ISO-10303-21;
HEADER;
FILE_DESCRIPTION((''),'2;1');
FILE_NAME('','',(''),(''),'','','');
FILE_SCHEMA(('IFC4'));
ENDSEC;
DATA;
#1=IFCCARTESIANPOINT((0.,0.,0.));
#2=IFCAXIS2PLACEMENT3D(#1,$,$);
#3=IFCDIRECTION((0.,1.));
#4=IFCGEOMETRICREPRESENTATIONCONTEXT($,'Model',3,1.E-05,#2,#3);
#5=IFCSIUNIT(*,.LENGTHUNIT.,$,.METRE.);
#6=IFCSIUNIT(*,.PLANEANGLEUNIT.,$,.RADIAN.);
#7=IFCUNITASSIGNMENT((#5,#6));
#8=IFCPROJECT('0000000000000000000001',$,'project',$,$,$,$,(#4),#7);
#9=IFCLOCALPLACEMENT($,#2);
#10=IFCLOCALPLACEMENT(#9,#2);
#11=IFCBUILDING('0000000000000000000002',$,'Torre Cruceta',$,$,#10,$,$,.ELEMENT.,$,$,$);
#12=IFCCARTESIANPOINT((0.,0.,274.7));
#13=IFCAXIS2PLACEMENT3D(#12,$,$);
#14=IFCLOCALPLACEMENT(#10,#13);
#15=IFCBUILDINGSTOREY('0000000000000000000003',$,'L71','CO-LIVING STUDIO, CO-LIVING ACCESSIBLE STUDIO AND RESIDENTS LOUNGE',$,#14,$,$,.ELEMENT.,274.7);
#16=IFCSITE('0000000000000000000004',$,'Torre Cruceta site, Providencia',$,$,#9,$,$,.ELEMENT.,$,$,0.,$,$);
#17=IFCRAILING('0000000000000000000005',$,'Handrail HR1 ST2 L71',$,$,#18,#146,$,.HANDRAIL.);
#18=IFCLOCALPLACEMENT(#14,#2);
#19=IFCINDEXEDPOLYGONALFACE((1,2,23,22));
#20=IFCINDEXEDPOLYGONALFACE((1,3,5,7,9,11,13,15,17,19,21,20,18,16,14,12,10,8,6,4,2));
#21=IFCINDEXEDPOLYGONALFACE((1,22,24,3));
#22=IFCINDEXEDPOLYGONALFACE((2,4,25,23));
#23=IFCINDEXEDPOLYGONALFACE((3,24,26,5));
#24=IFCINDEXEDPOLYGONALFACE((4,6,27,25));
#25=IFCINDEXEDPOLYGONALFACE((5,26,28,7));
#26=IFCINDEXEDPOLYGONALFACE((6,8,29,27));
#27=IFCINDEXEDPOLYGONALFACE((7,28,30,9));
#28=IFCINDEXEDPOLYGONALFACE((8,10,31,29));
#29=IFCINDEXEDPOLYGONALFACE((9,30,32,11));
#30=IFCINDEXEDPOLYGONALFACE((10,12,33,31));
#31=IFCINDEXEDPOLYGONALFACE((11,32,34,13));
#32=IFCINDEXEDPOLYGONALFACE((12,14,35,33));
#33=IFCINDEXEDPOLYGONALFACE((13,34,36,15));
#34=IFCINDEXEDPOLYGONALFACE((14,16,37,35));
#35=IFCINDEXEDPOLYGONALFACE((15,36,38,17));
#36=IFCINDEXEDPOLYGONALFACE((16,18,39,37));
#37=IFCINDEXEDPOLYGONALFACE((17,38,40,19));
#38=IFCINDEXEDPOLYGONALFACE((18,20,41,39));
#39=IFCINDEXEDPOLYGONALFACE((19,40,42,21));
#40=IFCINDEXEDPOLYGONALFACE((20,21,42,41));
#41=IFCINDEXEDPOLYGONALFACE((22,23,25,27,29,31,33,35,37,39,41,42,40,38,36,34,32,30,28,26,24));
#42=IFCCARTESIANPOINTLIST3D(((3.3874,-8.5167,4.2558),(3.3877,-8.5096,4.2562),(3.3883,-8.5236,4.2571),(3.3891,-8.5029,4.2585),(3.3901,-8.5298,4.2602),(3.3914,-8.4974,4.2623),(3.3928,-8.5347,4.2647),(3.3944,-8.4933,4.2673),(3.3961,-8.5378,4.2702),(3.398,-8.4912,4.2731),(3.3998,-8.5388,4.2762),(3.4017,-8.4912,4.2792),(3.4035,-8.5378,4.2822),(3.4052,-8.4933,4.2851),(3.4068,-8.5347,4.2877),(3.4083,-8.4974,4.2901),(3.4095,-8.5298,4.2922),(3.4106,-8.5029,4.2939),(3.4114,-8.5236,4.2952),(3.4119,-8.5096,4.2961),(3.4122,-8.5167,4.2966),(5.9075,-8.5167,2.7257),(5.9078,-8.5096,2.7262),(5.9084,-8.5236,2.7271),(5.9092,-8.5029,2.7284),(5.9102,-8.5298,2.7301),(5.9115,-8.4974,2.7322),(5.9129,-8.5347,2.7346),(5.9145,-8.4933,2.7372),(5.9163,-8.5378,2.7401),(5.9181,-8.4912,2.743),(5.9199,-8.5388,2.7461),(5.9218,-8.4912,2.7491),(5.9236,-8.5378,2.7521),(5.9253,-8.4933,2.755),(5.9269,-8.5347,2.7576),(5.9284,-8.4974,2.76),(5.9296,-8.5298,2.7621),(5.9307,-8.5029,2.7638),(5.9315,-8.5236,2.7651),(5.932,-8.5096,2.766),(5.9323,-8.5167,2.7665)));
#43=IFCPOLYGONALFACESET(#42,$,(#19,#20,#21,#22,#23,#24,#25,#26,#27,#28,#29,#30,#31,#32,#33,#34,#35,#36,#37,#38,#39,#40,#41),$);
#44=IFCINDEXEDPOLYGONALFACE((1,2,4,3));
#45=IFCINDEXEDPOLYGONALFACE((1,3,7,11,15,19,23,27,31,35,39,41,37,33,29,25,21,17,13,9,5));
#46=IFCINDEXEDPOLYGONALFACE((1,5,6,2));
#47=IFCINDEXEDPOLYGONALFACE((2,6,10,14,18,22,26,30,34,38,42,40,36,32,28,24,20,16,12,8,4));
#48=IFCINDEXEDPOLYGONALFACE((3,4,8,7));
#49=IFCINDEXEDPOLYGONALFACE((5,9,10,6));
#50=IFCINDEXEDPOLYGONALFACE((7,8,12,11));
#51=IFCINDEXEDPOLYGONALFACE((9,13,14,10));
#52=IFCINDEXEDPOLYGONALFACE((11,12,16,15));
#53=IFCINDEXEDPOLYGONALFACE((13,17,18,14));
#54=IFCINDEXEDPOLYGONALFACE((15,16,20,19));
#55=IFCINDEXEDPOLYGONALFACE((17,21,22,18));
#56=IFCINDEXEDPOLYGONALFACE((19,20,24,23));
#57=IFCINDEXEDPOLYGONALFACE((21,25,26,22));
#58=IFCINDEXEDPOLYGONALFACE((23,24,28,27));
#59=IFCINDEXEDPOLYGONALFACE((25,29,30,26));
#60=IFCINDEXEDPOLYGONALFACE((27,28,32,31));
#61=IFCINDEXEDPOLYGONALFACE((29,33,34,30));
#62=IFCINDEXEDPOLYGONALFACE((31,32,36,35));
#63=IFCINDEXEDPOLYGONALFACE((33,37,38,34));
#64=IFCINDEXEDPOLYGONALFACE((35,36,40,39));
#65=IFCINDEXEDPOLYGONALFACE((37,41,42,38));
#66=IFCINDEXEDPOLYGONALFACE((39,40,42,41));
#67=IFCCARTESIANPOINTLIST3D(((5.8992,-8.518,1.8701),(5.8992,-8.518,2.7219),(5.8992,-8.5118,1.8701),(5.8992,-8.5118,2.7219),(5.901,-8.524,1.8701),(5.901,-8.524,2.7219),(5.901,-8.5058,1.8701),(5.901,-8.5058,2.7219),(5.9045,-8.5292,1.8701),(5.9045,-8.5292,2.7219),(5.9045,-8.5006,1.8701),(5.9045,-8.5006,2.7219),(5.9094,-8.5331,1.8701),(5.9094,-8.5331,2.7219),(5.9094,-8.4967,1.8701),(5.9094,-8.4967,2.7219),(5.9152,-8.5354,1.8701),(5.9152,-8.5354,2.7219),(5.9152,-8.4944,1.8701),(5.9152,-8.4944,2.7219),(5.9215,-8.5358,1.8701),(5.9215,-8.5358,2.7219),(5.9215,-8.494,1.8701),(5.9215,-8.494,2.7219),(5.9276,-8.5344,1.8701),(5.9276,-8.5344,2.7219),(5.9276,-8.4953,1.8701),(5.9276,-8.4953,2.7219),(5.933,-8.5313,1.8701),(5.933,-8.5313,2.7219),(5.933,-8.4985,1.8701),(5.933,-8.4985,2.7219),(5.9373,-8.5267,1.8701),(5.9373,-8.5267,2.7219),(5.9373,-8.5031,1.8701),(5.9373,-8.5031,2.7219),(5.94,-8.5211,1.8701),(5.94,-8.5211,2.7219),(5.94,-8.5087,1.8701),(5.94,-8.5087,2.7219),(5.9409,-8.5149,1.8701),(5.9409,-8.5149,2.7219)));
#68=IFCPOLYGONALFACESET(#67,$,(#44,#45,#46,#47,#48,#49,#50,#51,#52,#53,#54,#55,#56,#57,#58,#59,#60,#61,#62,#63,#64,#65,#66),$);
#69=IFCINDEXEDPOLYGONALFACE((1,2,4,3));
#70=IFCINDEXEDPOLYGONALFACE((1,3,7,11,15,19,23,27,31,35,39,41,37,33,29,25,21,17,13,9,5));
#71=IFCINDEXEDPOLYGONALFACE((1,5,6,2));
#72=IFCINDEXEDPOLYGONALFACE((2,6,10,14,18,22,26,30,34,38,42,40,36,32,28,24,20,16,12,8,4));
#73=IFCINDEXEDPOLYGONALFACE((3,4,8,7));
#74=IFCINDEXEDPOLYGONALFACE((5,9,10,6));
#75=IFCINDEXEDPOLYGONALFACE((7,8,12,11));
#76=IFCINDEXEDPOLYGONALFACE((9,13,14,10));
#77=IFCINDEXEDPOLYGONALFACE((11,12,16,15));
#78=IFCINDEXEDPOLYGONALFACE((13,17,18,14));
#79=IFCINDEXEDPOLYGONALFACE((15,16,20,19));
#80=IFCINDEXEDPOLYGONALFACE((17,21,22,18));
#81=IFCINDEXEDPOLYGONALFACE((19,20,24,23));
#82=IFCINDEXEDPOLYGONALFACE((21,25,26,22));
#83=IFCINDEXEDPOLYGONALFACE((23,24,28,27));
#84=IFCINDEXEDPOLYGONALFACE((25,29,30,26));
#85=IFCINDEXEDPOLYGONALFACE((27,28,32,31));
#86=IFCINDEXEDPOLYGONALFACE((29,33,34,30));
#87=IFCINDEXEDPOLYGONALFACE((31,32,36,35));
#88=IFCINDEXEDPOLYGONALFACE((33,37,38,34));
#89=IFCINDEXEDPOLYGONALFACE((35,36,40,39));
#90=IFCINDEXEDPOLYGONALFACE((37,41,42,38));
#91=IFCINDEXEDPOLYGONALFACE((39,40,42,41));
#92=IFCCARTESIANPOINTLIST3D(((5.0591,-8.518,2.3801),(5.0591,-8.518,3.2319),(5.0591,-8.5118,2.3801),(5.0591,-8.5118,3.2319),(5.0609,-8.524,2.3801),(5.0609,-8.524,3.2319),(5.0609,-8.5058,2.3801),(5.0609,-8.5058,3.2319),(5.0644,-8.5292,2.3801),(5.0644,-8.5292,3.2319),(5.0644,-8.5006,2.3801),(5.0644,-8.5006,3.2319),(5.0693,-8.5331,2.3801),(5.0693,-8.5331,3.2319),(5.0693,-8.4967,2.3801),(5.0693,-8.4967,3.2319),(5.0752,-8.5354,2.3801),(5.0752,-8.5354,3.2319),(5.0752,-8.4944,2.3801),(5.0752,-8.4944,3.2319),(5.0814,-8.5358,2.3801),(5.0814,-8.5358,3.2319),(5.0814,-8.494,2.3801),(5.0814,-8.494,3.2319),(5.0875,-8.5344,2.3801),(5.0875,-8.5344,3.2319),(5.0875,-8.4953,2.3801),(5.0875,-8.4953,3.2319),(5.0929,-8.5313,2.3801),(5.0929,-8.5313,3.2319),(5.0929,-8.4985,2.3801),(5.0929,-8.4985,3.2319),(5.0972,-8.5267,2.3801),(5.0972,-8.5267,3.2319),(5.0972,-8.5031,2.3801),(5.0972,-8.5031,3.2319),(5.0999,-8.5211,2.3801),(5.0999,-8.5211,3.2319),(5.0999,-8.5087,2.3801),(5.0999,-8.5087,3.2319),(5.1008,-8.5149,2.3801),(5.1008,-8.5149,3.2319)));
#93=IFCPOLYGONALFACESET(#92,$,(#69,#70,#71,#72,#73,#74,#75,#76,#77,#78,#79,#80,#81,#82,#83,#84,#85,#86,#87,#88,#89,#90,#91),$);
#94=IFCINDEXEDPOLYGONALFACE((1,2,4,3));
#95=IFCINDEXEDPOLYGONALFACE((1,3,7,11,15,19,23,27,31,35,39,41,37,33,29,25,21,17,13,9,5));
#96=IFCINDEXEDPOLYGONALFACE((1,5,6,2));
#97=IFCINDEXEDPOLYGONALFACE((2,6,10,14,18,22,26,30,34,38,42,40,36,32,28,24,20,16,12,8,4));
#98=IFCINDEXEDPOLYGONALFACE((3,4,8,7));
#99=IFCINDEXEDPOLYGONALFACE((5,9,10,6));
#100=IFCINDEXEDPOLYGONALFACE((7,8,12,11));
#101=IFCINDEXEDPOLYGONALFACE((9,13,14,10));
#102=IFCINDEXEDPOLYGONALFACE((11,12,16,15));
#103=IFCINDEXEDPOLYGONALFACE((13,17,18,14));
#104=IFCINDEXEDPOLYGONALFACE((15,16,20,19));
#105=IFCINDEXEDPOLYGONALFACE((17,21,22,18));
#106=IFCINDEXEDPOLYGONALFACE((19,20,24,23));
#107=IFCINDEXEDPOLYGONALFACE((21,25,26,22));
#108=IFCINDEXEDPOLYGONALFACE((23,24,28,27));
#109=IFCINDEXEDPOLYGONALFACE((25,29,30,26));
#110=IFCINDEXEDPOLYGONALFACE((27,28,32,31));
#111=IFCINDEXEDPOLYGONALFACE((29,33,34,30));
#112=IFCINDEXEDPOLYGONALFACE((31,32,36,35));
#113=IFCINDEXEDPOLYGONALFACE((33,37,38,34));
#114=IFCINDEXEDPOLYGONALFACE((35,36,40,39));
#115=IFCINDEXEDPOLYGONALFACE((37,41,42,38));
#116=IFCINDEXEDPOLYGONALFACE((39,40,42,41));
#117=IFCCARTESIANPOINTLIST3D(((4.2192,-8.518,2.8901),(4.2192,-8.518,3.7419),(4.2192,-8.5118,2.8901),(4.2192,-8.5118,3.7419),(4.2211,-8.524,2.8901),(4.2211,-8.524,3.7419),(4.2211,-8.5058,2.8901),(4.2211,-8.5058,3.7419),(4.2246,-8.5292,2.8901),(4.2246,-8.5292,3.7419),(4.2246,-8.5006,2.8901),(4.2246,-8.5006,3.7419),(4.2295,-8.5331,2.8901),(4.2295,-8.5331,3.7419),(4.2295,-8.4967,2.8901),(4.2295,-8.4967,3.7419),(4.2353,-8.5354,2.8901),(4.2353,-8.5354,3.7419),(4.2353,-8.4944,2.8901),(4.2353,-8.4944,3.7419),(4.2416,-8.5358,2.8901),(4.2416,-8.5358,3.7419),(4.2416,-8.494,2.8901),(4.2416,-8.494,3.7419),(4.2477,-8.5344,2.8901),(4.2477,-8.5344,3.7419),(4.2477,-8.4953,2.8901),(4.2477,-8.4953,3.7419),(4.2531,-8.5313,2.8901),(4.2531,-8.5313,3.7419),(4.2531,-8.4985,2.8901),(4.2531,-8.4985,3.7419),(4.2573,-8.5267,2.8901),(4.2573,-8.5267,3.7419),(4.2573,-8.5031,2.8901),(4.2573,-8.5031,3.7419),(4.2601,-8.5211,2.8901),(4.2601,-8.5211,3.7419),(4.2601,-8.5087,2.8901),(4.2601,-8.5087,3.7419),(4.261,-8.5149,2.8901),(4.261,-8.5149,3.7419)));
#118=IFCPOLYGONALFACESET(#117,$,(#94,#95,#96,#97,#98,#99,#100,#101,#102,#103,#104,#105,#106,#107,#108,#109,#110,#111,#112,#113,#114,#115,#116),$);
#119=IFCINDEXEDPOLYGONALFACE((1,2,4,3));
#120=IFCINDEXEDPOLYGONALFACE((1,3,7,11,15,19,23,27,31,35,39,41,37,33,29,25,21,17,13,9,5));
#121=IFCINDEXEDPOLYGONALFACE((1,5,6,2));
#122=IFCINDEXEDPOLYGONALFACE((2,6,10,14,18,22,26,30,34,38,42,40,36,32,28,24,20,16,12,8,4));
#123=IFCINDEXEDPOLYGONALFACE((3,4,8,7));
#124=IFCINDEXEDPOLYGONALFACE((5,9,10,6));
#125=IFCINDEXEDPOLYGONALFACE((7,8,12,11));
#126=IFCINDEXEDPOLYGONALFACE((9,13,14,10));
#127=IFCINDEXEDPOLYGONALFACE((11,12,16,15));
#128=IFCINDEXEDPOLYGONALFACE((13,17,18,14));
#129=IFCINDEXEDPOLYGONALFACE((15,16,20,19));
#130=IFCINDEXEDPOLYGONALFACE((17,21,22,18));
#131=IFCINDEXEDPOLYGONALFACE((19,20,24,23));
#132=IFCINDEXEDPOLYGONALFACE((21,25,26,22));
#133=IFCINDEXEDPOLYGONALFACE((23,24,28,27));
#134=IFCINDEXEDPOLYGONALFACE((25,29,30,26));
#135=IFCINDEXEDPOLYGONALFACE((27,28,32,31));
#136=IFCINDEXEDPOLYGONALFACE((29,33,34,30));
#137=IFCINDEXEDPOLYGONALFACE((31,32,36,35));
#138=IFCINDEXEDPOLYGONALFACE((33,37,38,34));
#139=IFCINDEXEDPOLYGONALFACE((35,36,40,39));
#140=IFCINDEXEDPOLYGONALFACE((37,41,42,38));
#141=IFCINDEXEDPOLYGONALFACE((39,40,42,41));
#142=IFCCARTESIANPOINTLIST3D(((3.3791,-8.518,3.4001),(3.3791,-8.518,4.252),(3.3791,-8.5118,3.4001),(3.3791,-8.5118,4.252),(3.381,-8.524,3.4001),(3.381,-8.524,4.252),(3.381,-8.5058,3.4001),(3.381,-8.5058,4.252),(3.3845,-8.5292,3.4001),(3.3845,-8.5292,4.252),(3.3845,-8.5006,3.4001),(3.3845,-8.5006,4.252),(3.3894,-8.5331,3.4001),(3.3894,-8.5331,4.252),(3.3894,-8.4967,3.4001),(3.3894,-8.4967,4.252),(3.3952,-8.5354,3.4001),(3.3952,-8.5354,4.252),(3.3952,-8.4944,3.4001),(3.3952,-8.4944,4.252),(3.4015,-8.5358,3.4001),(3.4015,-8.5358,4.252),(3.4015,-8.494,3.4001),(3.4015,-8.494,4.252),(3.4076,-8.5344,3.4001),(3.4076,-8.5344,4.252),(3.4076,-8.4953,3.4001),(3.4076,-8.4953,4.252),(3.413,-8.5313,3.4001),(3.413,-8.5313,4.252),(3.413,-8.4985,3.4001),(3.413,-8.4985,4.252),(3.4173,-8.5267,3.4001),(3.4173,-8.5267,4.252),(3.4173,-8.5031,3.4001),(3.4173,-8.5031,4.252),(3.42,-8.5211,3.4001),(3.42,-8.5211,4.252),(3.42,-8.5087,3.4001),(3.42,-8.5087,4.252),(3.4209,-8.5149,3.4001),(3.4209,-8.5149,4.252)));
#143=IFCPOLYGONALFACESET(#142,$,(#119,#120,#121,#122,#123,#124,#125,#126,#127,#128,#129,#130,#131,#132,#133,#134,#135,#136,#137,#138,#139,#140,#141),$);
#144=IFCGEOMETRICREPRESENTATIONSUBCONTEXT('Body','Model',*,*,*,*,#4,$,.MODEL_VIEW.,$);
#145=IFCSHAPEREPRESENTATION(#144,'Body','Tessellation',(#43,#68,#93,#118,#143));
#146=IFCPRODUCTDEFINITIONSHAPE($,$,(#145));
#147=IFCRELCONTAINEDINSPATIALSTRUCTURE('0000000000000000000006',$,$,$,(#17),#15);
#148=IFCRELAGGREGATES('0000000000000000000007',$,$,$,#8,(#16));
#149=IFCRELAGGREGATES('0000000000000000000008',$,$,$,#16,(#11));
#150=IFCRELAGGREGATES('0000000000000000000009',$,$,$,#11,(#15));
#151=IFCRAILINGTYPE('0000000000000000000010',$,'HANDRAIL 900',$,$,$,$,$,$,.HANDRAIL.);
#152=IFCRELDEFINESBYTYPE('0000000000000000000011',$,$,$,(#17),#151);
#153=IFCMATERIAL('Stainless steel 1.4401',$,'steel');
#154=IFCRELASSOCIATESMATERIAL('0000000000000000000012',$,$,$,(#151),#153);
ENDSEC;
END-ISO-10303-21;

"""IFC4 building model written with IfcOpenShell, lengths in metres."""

from ifc_helpers import new_model, si_unit, direction, frame, origin, origin_2d, place, context, subcontext, project, spatial, circle, extrude, material, type_object, element, save


model = new_model("IFC4")

# Units and contexts
model_context = context("Model", 3, precision=1e-05, world=origin(), true_north=direction((0.0, 1.0)))
body_context = subcontext(model_context, "Body", "Model", "MODEL_VIEW")
ifc_project = project(units=[si_unit("LENGTHUNIT", "METRE"), si_unit("PLANEANGLEUNIT", "RADIAN")], contexts=[model_context])

# Site, building, storey
site_placement = place(None, origin())
site = spatial("IfcSite", under=ifc_project, at=site_placement, Name="Torre Cruceta site, Providencia", CompositionType="ELEMENT", RefElevation=0.0)
building_placement = place(site_placement, origin())
building = spatial("IfcBuilding", under=site, at=building_placement, Name="Torre Cruceta", CompositionType="ELEMENT")
storey_placement = place(building_placement, frame((0.0, 0.0, 274.7)))
storey = spatial("IfcBuildingStorey", under=building, at=storey_placement, Name="L71", Description="CO-LIVING STUDIO, CO-LIVING ACCESSIBLE STUDIO AND RESIDENTS LOUNGE", CompositionType="ELEMENT", Elevation=274.7)

# Railing
ifc_material_1 = material(Name="Stainless steel 1.4401", Category="steel")
railing_type = type_object("IfcRailingType", Name="HANDRAIL 900", PredefinedType="HANDRAIL", material=ifc_material_1)
railing_placement = place(storey_placement, frame((5.9199, -8.5149, 1.8701)))
element("IfcRailing", 1, at=railing_placement, inside=storey, type_object=railing_type, Name="Handrail HR1 ST2 L71", PredefinedType="HANDRAIL", context=body_context, shape_type="SweptSolid", body=[
    extrude(circle(Radius=0.0239, at=origin_2d()), frame((0.0, 0.0, 0.876), z_axis=(-0.854785, 0.0, 0.518982), x_axis=(0.0, -1.0, 0.0)), (0.0, 0.0, 1.0), 2.9482),
    extrude(circle(Radius=0.021, at=origin_2d()), origin(), (0.0, 0.0, 1.0), 0.8518),
    extrude(circle(Radius=0.021, at=origin_2d()), frame((-0.8401, 0.0, 0.51)), (0.0, 0.0, 1.0), 0.8518),
    extrude(circle(Radius=0.021, at=origin_2d()), frame((-1.6799, 0.0, 1.02)), (0.0, 0.0, 1.0), 0.8518),
    extrude(circle(Radius=0.021, at=origin_2d()), frame((-2.52, 0.0, 1.53)), (0.0, 0.0, 1.0), 0.8518),
])

save(model, "model.ifc")
